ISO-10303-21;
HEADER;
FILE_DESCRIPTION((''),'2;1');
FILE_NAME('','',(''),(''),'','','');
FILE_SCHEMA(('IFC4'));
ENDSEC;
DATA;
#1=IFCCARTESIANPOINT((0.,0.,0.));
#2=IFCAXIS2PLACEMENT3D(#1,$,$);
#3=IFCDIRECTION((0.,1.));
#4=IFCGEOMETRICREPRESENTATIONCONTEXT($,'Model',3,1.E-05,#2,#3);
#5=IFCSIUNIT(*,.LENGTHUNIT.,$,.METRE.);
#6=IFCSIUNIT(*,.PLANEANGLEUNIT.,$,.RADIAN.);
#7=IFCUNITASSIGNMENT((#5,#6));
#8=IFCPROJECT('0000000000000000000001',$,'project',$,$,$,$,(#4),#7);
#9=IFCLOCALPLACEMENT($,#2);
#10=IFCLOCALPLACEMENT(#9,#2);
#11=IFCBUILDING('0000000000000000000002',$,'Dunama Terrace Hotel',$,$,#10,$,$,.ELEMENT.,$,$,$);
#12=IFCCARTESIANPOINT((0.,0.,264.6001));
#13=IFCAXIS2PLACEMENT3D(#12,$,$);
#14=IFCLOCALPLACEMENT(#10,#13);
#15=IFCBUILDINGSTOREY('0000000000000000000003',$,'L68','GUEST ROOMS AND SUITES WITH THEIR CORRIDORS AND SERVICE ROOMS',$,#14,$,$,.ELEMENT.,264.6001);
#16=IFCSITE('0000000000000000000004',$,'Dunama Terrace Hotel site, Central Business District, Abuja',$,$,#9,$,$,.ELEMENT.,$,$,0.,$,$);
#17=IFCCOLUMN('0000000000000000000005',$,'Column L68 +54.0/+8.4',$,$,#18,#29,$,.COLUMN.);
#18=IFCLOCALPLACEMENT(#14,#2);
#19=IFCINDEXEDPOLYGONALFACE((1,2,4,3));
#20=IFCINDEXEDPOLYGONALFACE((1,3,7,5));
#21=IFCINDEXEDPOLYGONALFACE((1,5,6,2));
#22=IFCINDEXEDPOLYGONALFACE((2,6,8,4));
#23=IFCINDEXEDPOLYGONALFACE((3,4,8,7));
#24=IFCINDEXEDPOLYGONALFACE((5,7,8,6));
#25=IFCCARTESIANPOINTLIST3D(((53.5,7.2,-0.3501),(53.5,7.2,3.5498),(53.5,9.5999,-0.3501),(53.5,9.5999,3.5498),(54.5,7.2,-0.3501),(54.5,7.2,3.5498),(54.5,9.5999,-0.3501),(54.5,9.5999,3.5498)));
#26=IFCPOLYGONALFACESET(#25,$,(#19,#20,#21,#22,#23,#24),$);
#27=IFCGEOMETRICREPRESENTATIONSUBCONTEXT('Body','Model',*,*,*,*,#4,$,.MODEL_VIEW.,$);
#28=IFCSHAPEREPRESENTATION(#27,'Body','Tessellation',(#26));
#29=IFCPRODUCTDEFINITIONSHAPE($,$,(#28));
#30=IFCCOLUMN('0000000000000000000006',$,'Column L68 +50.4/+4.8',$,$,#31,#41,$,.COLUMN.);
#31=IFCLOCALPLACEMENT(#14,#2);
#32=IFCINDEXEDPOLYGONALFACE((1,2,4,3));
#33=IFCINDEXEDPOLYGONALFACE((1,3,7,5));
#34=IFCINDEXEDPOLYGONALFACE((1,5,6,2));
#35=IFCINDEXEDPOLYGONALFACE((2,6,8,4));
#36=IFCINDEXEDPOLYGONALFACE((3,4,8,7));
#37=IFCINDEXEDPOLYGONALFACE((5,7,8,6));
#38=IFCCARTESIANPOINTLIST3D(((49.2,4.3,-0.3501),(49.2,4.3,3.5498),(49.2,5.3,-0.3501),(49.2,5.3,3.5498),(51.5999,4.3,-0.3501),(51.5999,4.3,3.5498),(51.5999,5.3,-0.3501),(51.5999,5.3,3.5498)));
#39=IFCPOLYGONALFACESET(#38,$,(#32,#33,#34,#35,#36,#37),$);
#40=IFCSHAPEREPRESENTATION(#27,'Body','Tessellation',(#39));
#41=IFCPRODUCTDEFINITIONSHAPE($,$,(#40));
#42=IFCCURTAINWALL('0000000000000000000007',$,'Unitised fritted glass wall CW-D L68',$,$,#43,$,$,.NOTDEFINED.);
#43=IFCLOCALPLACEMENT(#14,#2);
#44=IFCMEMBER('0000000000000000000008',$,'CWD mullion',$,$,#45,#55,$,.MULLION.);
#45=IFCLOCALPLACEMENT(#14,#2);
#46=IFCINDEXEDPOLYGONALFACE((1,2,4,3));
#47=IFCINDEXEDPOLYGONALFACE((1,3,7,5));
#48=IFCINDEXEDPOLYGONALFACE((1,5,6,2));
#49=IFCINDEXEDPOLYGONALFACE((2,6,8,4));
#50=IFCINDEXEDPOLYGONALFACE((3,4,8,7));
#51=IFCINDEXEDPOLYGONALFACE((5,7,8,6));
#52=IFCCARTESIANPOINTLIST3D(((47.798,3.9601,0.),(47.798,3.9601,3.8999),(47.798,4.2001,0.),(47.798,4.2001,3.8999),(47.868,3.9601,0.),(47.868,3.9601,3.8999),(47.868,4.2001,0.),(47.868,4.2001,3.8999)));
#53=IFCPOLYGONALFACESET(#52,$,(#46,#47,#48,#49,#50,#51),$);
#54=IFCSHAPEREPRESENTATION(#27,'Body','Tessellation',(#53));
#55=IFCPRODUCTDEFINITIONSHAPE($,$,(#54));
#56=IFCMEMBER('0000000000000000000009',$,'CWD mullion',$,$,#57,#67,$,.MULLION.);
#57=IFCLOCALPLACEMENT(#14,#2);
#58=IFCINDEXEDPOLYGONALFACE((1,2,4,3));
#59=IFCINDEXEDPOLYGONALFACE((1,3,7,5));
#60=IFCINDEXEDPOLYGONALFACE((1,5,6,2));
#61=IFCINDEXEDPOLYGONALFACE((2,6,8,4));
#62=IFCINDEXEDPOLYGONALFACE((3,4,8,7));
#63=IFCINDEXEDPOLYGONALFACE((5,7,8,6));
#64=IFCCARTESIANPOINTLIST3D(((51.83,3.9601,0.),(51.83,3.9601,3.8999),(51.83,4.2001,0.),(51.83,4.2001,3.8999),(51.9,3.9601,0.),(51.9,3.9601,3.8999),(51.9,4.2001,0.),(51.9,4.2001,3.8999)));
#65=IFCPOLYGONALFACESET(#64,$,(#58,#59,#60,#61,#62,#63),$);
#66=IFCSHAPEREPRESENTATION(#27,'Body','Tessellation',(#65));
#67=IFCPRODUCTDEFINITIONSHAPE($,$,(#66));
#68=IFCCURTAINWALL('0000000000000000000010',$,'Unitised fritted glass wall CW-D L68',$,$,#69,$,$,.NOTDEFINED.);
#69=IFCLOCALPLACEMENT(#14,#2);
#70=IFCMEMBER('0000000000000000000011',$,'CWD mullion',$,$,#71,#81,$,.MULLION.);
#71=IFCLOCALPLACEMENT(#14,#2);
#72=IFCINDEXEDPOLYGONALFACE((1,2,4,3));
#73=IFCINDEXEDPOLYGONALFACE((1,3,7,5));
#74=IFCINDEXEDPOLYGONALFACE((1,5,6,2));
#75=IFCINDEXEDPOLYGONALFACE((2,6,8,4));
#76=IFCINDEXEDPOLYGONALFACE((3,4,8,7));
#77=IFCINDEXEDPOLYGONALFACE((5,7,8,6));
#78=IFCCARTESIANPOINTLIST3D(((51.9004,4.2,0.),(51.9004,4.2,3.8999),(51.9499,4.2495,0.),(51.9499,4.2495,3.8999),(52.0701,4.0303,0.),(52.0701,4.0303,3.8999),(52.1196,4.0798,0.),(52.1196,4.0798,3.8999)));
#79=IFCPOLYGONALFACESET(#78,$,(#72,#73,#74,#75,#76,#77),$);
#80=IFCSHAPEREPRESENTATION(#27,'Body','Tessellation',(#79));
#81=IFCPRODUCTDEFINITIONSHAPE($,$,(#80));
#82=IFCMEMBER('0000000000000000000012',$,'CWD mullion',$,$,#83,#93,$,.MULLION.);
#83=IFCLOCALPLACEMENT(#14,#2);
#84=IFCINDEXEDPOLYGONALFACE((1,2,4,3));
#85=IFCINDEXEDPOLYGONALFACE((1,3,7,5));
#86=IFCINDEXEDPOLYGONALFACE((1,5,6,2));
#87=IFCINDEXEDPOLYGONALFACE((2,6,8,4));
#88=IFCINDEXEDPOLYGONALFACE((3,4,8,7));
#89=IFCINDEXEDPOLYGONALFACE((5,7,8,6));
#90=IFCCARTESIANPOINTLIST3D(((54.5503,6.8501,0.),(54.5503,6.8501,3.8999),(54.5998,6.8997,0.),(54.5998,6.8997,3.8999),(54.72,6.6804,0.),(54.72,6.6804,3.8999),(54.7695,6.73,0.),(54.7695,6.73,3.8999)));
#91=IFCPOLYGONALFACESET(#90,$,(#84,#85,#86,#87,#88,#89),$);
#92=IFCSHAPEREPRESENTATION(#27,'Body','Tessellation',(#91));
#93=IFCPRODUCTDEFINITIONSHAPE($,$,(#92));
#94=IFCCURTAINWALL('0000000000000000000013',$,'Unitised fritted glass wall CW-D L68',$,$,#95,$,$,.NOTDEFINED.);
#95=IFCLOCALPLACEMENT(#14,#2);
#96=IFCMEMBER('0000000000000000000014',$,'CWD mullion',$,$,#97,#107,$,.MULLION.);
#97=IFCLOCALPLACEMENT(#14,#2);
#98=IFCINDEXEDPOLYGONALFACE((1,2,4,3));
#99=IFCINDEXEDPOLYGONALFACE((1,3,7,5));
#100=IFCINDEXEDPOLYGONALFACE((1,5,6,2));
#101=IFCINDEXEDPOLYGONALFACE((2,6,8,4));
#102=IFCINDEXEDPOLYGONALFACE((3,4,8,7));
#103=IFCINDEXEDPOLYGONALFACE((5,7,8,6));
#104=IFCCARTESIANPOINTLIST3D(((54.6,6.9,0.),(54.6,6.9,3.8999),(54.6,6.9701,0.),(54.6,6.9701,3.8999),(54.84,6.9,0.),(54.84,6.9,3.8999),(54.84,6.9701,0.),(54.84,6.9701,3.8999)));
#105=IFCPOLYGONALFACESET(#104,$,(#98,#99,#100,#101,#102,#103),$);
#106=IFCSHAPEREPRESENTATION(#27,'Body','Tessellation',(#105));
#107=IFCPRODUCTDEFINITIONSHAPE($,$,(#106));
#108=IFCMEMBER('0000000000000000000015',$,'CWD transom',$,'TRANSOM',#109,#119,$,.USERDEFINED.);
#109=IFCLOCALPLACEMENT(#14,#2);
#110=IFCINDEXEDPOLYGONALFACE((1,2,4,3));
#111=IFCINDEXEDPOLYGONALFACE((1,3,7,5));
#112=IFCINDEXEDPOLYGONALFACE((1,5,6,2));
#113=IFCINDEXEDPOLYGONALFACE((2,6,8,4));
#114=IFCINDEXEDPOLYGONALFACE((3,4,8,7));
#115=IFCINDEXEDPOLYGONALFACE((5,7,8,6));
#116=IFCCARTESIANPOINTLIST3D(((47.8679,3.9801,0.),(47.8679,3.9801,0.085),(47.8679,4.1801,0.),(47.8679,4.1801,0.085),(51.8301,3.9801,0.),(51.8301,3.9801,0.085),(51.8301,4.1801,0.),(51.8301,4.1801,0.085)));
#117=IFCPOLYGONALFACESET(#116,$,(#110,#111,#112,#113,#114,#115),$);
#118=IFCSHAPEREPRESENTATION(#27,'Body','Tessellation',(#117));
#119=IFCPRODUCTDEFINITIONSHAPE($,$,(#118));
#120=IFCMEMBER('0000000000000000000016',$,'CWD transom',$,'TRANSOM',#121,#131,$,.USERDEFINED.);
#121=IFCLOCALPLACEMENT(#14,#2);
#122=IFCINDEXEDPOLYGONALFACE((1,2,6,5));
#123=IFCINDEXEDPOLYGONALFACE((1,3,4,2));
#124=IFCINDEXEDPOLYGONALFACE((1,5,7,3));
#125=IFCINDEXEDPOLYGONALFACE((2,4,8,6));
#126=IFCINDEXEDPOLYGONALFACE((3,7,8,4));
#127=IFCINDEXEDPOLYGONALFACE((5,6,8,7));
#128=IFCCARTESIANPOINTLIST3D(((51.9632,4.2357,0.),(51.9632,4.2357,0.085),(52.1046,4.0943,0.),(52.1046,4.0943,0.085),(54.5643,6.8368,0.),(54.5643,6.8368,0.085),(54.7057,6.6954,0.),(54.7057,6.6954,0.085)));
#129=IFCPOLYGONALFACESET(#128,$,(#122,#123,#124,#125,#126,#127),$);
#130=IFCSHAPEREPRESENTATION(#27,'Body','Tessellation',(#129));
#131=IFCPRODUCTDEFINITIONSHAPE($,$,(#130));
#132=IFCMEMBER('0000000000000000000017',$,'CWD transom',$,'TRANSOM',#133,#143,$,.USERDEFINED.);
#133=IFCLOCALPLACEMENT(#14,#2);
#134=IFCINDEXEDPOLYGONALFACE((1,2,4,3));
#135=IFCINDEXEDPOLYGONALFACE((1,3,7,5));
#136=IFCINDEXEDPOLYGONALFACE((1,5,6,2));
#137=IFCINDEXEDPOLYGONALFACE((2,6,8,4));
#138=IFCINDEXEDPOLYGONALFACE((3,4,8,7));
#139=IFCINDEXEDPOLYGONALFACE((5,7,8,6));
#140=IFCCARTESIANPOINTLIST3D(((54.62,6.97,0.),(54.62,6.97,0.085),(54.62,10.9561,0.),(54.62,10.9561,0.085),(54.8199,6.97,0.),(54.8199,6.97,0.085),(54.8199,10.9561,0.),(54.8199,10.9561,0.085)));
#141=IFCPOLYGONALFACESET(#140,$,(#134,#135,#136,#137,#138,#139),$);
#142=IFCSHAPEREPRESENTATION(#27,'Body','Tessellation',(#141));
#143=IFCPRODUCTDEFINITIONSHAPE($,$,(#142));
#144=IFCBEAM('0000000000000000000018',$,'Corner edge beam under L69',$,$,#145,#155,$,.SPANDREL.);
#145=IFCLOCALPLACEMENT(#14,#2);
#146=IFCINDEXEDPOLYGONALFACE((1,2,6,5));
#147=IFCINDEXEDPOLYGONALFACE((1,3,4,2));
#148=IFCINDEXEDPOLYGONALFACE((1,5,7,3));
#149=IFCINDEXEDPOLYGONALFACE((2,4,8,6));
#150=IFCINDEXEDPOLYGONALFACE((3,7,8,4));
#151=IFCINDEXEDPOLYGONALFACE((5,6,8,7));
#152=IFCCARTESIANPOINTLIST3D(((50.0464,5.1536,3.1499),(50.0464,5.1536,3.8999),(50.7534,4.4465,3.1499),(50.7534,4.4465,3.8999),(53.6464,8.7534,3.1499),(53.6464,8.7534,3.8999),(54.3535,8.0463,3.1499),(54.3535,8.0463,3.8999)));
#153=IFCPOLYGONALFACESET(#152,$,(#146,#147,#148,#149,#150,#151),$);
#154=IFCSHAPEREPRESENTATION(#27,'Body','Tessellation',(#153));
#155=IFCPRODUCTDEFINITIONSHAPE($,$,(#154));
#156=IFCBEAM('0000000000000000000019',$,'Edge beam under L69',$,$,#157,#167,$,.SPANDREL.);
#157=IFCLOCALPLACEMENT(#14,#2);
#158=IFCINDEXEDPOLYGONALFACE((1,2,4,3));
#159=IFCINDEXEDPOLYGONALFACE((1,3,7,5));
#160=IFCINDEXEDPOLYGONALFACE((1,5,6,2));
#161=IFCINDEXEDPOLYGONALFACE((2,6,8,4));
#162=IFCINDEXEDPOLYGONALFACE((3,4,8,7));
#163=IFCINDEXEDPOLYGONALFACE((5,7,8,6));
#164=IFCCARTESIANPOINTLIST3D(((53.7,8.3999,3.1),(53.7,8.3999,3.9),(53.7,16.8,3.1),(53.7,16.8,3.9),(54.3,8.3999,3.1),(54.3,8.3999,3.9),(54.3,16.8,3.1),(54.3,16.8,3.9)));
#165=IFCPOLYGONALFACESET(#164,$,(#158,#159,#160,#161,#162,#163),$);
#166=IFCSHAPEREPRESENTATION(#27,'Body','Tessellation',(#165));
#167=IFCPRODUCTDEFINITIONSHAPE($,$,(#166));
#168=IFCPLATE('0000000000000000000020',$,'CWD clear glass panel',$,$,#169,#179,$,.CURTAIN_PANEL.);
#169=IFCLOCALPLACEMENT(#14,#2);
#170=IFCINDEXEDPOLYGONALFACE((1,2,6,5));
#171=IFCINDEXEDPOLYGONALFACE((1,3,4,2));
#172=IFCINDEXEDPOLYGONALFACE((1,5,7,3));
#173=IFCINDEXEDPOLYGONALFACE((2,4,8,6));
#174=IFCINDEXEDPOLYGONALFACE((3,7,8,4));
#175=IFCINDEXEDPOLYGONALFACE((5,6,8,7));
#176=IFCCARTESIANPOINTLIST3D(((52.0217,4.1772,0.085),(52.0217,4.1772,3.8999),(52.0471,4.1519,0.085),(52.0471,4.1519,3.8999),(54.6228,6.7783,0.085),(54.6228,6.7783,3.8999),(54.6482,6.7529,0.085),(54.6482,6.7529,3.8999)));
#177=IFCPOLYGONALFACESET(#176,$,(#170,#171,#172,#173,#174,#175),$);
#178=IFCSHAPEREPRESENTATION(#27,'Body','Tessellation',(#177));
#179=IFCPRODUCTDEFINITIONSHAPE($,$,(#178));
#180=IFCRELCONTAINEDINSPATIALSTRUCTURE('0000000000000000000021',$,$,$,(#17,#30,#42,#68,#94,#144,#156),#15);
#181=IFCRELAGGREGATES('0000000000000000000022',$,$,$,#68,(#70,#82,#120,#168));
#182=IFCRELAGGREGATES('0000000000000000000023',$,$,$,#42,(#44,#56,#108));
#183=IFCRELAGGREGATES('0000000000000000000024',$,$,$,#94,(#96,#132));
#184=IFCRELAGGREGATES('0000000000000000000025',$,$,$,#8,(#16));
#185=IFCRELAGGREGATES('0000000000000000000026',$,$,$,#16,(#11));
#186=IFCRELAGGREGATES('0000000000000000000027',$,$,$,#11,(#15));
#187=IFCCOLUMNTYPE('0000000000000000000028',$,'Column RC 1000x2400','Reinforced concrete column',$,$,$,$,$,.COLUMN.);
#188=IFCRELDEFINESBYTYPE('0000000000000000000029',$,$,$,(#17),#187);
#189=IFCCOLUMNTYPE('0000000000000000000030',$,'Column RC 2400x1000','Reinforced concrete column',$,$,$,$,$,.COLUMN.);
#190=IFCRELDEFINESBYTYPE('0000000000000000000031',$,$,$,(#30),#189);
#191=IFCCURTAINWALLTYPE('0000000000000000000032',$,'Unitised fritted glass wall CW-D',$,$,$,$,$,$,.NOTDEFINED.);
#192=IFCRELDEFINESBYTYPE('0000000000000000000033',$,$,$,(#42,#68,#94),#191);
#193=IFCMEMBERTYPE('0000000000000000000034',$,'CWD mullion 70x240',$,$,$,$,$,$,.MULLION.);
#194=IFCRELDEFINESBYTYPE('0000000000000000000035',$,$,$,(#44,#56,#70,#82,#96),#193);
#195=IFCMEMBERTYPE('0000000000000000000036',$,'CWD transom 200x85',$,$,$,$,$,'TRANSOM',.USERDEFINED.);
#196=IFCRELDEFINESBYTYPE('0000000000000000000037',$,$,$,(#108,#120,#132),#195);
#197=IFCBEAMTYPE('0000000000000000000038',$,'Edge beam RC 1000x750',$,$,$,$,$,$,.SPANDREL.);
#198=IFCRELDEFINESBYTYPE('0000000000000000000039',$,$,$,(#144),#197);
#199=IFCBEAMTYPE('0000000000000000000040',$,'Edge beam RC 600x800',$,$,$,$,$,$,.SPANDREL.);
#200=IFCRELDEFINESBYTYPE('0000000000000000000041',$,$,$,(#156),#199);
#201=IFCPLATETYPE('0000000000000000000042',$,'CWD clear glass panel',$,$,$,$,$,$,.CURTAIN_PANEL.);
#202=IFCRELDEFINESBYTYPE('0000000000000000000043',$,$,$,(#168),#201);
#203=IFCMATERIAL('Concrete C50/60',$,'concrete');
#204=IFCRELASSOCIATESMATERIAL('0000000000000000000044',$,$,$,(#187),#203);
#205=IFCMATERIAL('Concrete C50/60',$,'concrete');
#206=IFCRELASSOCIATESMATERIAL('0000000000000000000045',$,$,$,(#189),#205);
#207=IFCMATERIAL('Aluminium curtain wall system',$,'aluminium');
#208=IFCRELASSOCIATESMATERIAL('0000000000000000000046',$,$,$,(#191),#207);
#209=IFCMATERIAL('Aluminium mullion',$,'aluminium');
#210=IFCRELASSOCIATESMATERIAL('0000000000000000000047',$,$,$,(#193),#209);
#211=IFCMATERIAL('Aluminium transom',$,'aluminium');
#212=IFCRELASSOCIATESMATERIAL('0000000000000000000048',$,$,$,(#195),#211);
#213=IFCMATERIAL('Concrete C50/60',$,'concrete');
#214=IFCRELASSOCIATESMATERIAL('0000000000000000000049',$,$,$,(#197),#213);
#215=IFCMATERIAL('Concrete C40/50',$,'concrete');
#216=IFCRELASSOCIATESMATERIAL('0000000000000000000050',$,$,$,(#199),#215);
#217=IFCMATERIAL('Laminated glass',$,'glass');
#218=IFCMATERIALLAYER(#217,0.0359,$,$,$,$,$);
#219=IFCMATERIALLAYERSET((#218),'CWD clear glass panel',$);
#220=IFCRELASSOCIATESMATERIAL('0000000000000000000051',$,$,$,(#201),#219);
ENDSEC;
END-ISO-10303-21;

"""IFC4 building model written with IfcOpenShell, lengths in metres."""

from ifc_helpers import new_model, si_unit, direction, frame, origin, origin_2d, place, context, subcontext, project, spatial, rectangle, extrude, material, layer, layer_set, material_profile, profile_set, type_object, element, aggregate, save


model = new_model("IFC4")

# Units and contexts
model_context = context("Model", 3, precision=1e-05, world=origin(), true_north=direction((0.0, 1.0)))
body_context = subcontext(model_context, "Body", "Model", "MODEL_VIEW")
ifc_project = project(units=[si_unit("LENGTHUNIT", "METRE"), si_unit("PLANEANGLEUNIT", "RADIAN")], contexts=[model_context])

# Site, building, storey
site_placement = place(None, origin())
site = spatial("IfcSite", under=ifc_project, at=site_placement, Name="Dunama Terrace Hotel site, Central Business District, Abuja", CompositionType="ELEMENT", RefElevation=0.0)
building_placement = place(site_placement, origin())
building = spatial("IfcBuilding", under=site, at=building_placement, Name="Dunama Terrace Hotel", CompositionType="ELEMENT")
storey_placement = place(building_placement, frame((0.0, 0.0, 264.6001)))
storey = spatial("IfcBuildingStorey", under=building, at=storey_placement, Name="L68", Description="GUEST ROOMS AND SUITES WITH THEIR CORRIDORS AND SERVICE ROOMS", CompositionType="ELEMENT", Elevation=264.6001)

# Columns
ifc_material_1 = material(Name="Concrete C50/60", Category="concrete")
ifc_material_profile_1 = material_profile(ifc_material_1, rectangle(XDim=1.0, YDim=2.3999, at=origin_2d()), Name="RC 1000x2400")
ifc_profile_set_1 = profile_set([ifc_material_profile_1], Name="Concrete C50/60")
column_type_1 = type_object("IfcColumnType", Name="Column RC 1000x2400", Description="Reinforced concrete column", PredefinedType="COLUMN", material=ifc_profile_set_1)
column_1_placement = place(storey_placement, frame((54.0, 8.3999, -0.3501), z_axis=(0.0, 0.0, 1.0), x_axis=(1.0, 0.0, 0.0)))
element("IfcColumn", 1, at=column_1_placement, inside=storey, type_object=column_type_1, Name="Column L68 +54.0/+8.4", PredefinedType="COLUMN", context=body_context, shape_type="SweptSolid", body=[
    extrude(rectangle(XDim=1.0, YDim=2.3999, at=origin_2d()), origin(), (0.0, 0.0, 1.0), 3.8999),
])
ifc_material_2 = material(Name="Concrete C50/60", Category="concrete")
ifc_material_profile_2 = material_profile(ifc_material_2, rectangle(XDim=2.3999, YDim=1.0, at=origin_2d()), Name="RC 2400x1000")
ifc_profile_set_2 = profile_set([ifc_material_profile_2], Name="Concrete C50/60")
column_type_2 = type_object("IfcColumnType", Name="Column RC 2400x1000", Description="Reinforced concrete column", PredefinedType="COLUMN", material=ifc_profile_set_2)
column_2_placement = place(storey_placement, frame((50.3999, 4.8, -0.3501), z_axis=(0.0, 0.0, 1.0), x_axis=(1.0, 0.0, 0.0)))
element("IfcColumn", 2, at=column_2_placement, inside=storey, type_object=column_type_2, Name="Column L68 +50.4/+4.8", PredefinedType="COLUMN", context=body_context, shape_type="SweptSolid", body=[
    extrude(rectangle(XDim=2.3999, YDim=1.0, at=origin_2d()), origin(), (0.0, 0.0, 1.0), 3.8999),
])

# Curtain walls, members
ifc_material_3 = material(Name="Aluminium curtain wall system", Category="aluminium")
curtain_wall_type = type_object("IfcCurtainWallType", Name="Unitised fritted glass wall CW-D", PredefinedType="NOTDEFINED", material=ifc_material_3)
curtain_wall_1_placement = place(storey_placement, origin())
curtain_wall_1 = element("IfcCurtainWall", 3, at=curtain_wall_1_placement, inside=storey, type_object=curtain_wall_type, Name="Unitised fritted glass wall CW-D L68", PredefinedType="NOTDEFINED")
ifc_material_4 = material(Name="Aluminium mullion", Category="aluminium")
ifc_material_profile_3 = material_profile(ifc_material_4, rectangle(XDim=0.0701, YDim=0.24, at=origin_2d()), Name="CWD MULLION 70X240")
ifc_profile_set_3 = profile_set([ifc_material_profile_3], Name="Aluminium mullion")
member_type_1 = type_object("IfcMemberType", Name="CWD mullion 70x240", PredefinedType="MULLION", material=ifc_profile_set_3)
member_1_placement = place(storey_placement, frame((47.833, 4.0801, 0.0), z_axis=(0.0, 0.0, 1.0), x_axis=(1.0, 0.0, 0.0)))
member_1 = element("IfcMember", 4, at=member_1_placement, type_object=member_type_1, Name="CWD mullion", PredefinedType="MULLION", context=body_context, shape_type="SweptSolid", body=[
    extrude(rectangle(XDim=0.0701, YDim=0.24, at=origin_2d()), origin(), (0.0, 0.0, 1.0), 3.8999),
])
member_2_placement = place(storey_placement, frame((51.865, 4.0801, 0.0), z_axis=(0.0, 0.0, 1.0), x_axis=(1.0, 0.0, 0.0)))
member_2 = element("IfcMember", 5, at=member_2_placement, type_object=member_type_1, Name="CWD mullion", PredefinedType="MULLION", context=body_context, shape_type="SweptSolid", body=[
    extrude(rectangle(XDim=0.0701, YDim=0.24, at=origin_2d()), origin(), (0.0, 0.0, 1.0), 3.8999),
])
curtain_wall_2_placement = place(storey_placement, origin())
curtain_wall_2 = element("IfcCurtainWall", 6, at=curtain_wall_2_placement, inside=storey, type_object=curtain_wall_type, Name="Unitised fritted glass wall CW-D L68", PredefinedType="NOTDEFINED")
member_3_placement = place(storey_placement, frame((52.01, 4.1399, 0.0), z_axis=(0.0, 0.0, 1.0), x_axis=(0.707107, 0.707107, 0.0)))
member_3 = element("IfcMember", 7, at=member_3_placement, type_object=member_type_1, Name="CWD mullion", PredefinedType="MULLION", context=body_context, shape_type="SweptSolid", body=[
    extrude(rectangle(XDim=0.0701, YDim=0.24, at=origin_2d()), origin(), (0.0, 0.0, 1.0), 3.8999),
])
member_4_placement = place(storey_placement, frame((54.6599, 6.79, 0.0), z_axis=(0.0, 0.0, 1.0), x_axis=(0.707107, 0.707107, 0.0)))
member_4 = element("IfcMember", 8, at=member_4_placement, type_object=member_type_1, Name="CWD mullion", PredefinedType="MULLION", context=body_context, shape_type="SweptSolid", body=[
    extrude(rectangle(XDim=0.0701, YDim=0.24, at=origin_2d()), origin(), (0.0, 0.0, 1.0), 3.8999),
])

# Curtain wall, member
curtain_wall_3_placement = place(storey_placement, origin())
curtain_wall_3 = element("IfcCurtainWall", 9, at=curtain_wall_3_placement, inside=storey, type_object=curtain_wall_type, Name="Unitised fritted glass wall CW-D L68", PredefinedType="NOTDEFINED")
member_5_placement = place(storey_placement, frame((54.72, 6.9351, 0.0), z_axis=(0.0, 0.0, 1.0), x_axis=(0.0, 1.0, 0.0)))
member_5 = element("IfcMember", 10, at=member_5_placement, type_object=member_type_1, Name="CWD mullion", PredefinedType="MULLION", context=body_context, shape_type="SweptSolid", body=[
    extrude(rectangle(XDim=0.0701, YDim=0.24, at=origin_2d()), origin(), (0.0, 0.0, 1.0), 3.8999),
])

# Members
ifc_material_5 = material(Name="Aluminium transom", Category="aluminium")
ifc_material_profile_4 = material_profile(ifc_material_5, rectangle(XDim=0.2, YDim=0.085, at=origin_2d()), Name="CWD TRANSOM 200X85")
ifc_profile_set_4 = profile_set([ifc_material_profile_4], Name="Aluminium transom")
member_type_2 = type_object("IfcMemberType", Name="CWD transom 200x85", ElementType="TRANSOM", PredefinedType="USERDEFINED", material=ifc_profile_set_4)
member_6_placement = place(storey_placement, frame((47.8679, 4.0801, 0.0425), z_axis=(1.0, 0.0, 0.0), x_axis=(0.0, 1.0, 0.0)))
member_6 = element("IfcMember", 11, at=member_6_placement, type_object=member_type_2, Name="CWD transom", ObjectType="TRANSOM", PredefinedType="USERDEFINED", context=body_context, shape_type="SweptSolid", body=[
    extrude(rectangle(XDim=0.2, YDim=0.085, at=origin_2d()), origin(), (0.0, 0.0, 1.0), 3.9622),
])
member_7_placement = place(storey_placement, frame((52.0339, 4.165, 0.0425), z_axis=(0.707107, 0.707107, 0.0), x_axis=(-0.707107, 0.707107, 0.0)))
member_7 = element("IfcMember", 12, at=member_7_placement, type_object=member_type_2, Name="CWD transom", ObjectType="TRANSOM", PredefinedType="USERDEFINED", context=body_context, shape_type="SweptSolid", body=[
    extrude(rectangle(XDim=0.2, YDim=0.085, at=origin_2d()), origin(), (0.0, 0.0, 1.0), 3.6785),
])
member_8_placement = place(storey_placement, frame((54.72, 6.97, 0.0425), z_axis=(0.0, 1.0, 0.0), x_axis=(-1.0, 0.0, 0.0)))
member_8 = element("IfcMember", 13, at=member_8_placement, type_object=member_type_2, Name="CWD transom", ObjectType="TRANSOM", PredefinedType="USERDEFINED", context=body_context, shape_type="SweptSolid", body=[
    extrude(rectangle(XDim=0.2, YDim=0.085, at=origin_2d()), origin(), (0.0, 0.0, 1.0), 3.9861),
])

# Beams
ifc_material_6 = material(Name="Concrete C50/60", Category="concrete")
ifc_material_profile_5 = material_profile(ifc_material_6, rectangle(XDim=1.0, YDim=0.75, at=origin_2d()), Name="RC 1000x750")
ifc_profile_set_5 = profile_set([ifc_material_profile_5], Name="Concrete C50/60")
beam_type_1 = type_object("IfcBeamType", Name="Edge beam RC 1000x750", PredefinedType="SPANDREL", material=ifc_profile_set_5)
beam_1_placement = place(storey_placement, frame((50.3999, 4.8, 3.5249), z_axis=(0.707131, 0.707083, 0.0), x_axis=(-0.707083, 0.707131, 0.0)))
element("IfcBeam", 14, at=beam_1_placement, inside=storey, type_object=beam_type_1, Name="Corner edge beam under L69", PredefinedType="SPANDREL", context=body_context, shape_type="SweptSolid", body=[
    extrude(rectangle(XDim=1.0, YDim=0.75, at=origin_2d()), origin(), (0.0, 0.0, 1.0), 5.0911),
])
ifc_material_7 = material(Name="Concrete C40/50", Category="concrete")
ifc_material_profile_6 = material_profile(ifc_material_7, rectangle(XDim=0.6001, YDim=0.8, at=origin_2d()), Name="RC 600x800")
ifc_profile_set_6 = profile_set([ifc_material_profile_6], Name="Concrete C40/50")
beam_type_2 = type_object("IfcBeamType", Name="Edge beam RC 600x800", PredefinedType="SPANDREL", material=ifc_profile_set_6)
beam_2_placement = place(storey_placement, frame((54.0, 8.3999, 3.5), z_axis=(0.0, 1.0, 0.0), x_axis=(-1.0, 0.0, 0.0)))
element("IfcBeam", 15, at=beam_2_placement, inside=storey, type_object=beam_type_2, Name="Edge beam under L69", PredefinedType="SPANDREL", context=body_context, shape_type="SweptSolid", body=[
    extrude(rectangle(XDim=0.6001, YDim=0.8, at=origin_2d()), origin(), (0.0, 0.0, 1.0), 8.4001),
])

# Plate
ifc_material_8 = material(Name="Laminated glass", Category="glass")
ifc_layer_1 = layer(ifc_material_8, 0.0359)
ifc_layer_set_1 = layer_set([ifc_layer_1], Name="CWD clear glass panel")
plate_type_1 = type_object("IfcPlateType", Name="CWD clear glass panel", PredefinedType="CURTAIN_PANEL", material=ifc_layer_set_1)
plate_1_placement = place(storey_placement, frame((53.335, 5.4651, 0.085), z_axis=(0.0, 0.0, 1.0), x_axis=(0.707107, 0.707107, 0.0)))
plate_1 = element("IfcPlate", 16, at=plate_1_placement, type_object=plate_type_1, Name="CWD clear glass panel", PredefinedType="CURTAIN_PANEL", context=body_context, shape_type="SweptSolid", body=[
    extrude(rectangle(XDim=3.6785, YDim=0.0359, at=origin_2d()), origin(), (0.0, 0.0, 1.0), 3.8149),
])
aggregate(curtain_wall_2, [member_3, member_4, member_7, plate_1])
aggregate(curtain_wall_1, [member_1, member_2, member_6])
aggregate(curtain_wall_3, [member_5, member_8])

save(model, "model.ifc")
